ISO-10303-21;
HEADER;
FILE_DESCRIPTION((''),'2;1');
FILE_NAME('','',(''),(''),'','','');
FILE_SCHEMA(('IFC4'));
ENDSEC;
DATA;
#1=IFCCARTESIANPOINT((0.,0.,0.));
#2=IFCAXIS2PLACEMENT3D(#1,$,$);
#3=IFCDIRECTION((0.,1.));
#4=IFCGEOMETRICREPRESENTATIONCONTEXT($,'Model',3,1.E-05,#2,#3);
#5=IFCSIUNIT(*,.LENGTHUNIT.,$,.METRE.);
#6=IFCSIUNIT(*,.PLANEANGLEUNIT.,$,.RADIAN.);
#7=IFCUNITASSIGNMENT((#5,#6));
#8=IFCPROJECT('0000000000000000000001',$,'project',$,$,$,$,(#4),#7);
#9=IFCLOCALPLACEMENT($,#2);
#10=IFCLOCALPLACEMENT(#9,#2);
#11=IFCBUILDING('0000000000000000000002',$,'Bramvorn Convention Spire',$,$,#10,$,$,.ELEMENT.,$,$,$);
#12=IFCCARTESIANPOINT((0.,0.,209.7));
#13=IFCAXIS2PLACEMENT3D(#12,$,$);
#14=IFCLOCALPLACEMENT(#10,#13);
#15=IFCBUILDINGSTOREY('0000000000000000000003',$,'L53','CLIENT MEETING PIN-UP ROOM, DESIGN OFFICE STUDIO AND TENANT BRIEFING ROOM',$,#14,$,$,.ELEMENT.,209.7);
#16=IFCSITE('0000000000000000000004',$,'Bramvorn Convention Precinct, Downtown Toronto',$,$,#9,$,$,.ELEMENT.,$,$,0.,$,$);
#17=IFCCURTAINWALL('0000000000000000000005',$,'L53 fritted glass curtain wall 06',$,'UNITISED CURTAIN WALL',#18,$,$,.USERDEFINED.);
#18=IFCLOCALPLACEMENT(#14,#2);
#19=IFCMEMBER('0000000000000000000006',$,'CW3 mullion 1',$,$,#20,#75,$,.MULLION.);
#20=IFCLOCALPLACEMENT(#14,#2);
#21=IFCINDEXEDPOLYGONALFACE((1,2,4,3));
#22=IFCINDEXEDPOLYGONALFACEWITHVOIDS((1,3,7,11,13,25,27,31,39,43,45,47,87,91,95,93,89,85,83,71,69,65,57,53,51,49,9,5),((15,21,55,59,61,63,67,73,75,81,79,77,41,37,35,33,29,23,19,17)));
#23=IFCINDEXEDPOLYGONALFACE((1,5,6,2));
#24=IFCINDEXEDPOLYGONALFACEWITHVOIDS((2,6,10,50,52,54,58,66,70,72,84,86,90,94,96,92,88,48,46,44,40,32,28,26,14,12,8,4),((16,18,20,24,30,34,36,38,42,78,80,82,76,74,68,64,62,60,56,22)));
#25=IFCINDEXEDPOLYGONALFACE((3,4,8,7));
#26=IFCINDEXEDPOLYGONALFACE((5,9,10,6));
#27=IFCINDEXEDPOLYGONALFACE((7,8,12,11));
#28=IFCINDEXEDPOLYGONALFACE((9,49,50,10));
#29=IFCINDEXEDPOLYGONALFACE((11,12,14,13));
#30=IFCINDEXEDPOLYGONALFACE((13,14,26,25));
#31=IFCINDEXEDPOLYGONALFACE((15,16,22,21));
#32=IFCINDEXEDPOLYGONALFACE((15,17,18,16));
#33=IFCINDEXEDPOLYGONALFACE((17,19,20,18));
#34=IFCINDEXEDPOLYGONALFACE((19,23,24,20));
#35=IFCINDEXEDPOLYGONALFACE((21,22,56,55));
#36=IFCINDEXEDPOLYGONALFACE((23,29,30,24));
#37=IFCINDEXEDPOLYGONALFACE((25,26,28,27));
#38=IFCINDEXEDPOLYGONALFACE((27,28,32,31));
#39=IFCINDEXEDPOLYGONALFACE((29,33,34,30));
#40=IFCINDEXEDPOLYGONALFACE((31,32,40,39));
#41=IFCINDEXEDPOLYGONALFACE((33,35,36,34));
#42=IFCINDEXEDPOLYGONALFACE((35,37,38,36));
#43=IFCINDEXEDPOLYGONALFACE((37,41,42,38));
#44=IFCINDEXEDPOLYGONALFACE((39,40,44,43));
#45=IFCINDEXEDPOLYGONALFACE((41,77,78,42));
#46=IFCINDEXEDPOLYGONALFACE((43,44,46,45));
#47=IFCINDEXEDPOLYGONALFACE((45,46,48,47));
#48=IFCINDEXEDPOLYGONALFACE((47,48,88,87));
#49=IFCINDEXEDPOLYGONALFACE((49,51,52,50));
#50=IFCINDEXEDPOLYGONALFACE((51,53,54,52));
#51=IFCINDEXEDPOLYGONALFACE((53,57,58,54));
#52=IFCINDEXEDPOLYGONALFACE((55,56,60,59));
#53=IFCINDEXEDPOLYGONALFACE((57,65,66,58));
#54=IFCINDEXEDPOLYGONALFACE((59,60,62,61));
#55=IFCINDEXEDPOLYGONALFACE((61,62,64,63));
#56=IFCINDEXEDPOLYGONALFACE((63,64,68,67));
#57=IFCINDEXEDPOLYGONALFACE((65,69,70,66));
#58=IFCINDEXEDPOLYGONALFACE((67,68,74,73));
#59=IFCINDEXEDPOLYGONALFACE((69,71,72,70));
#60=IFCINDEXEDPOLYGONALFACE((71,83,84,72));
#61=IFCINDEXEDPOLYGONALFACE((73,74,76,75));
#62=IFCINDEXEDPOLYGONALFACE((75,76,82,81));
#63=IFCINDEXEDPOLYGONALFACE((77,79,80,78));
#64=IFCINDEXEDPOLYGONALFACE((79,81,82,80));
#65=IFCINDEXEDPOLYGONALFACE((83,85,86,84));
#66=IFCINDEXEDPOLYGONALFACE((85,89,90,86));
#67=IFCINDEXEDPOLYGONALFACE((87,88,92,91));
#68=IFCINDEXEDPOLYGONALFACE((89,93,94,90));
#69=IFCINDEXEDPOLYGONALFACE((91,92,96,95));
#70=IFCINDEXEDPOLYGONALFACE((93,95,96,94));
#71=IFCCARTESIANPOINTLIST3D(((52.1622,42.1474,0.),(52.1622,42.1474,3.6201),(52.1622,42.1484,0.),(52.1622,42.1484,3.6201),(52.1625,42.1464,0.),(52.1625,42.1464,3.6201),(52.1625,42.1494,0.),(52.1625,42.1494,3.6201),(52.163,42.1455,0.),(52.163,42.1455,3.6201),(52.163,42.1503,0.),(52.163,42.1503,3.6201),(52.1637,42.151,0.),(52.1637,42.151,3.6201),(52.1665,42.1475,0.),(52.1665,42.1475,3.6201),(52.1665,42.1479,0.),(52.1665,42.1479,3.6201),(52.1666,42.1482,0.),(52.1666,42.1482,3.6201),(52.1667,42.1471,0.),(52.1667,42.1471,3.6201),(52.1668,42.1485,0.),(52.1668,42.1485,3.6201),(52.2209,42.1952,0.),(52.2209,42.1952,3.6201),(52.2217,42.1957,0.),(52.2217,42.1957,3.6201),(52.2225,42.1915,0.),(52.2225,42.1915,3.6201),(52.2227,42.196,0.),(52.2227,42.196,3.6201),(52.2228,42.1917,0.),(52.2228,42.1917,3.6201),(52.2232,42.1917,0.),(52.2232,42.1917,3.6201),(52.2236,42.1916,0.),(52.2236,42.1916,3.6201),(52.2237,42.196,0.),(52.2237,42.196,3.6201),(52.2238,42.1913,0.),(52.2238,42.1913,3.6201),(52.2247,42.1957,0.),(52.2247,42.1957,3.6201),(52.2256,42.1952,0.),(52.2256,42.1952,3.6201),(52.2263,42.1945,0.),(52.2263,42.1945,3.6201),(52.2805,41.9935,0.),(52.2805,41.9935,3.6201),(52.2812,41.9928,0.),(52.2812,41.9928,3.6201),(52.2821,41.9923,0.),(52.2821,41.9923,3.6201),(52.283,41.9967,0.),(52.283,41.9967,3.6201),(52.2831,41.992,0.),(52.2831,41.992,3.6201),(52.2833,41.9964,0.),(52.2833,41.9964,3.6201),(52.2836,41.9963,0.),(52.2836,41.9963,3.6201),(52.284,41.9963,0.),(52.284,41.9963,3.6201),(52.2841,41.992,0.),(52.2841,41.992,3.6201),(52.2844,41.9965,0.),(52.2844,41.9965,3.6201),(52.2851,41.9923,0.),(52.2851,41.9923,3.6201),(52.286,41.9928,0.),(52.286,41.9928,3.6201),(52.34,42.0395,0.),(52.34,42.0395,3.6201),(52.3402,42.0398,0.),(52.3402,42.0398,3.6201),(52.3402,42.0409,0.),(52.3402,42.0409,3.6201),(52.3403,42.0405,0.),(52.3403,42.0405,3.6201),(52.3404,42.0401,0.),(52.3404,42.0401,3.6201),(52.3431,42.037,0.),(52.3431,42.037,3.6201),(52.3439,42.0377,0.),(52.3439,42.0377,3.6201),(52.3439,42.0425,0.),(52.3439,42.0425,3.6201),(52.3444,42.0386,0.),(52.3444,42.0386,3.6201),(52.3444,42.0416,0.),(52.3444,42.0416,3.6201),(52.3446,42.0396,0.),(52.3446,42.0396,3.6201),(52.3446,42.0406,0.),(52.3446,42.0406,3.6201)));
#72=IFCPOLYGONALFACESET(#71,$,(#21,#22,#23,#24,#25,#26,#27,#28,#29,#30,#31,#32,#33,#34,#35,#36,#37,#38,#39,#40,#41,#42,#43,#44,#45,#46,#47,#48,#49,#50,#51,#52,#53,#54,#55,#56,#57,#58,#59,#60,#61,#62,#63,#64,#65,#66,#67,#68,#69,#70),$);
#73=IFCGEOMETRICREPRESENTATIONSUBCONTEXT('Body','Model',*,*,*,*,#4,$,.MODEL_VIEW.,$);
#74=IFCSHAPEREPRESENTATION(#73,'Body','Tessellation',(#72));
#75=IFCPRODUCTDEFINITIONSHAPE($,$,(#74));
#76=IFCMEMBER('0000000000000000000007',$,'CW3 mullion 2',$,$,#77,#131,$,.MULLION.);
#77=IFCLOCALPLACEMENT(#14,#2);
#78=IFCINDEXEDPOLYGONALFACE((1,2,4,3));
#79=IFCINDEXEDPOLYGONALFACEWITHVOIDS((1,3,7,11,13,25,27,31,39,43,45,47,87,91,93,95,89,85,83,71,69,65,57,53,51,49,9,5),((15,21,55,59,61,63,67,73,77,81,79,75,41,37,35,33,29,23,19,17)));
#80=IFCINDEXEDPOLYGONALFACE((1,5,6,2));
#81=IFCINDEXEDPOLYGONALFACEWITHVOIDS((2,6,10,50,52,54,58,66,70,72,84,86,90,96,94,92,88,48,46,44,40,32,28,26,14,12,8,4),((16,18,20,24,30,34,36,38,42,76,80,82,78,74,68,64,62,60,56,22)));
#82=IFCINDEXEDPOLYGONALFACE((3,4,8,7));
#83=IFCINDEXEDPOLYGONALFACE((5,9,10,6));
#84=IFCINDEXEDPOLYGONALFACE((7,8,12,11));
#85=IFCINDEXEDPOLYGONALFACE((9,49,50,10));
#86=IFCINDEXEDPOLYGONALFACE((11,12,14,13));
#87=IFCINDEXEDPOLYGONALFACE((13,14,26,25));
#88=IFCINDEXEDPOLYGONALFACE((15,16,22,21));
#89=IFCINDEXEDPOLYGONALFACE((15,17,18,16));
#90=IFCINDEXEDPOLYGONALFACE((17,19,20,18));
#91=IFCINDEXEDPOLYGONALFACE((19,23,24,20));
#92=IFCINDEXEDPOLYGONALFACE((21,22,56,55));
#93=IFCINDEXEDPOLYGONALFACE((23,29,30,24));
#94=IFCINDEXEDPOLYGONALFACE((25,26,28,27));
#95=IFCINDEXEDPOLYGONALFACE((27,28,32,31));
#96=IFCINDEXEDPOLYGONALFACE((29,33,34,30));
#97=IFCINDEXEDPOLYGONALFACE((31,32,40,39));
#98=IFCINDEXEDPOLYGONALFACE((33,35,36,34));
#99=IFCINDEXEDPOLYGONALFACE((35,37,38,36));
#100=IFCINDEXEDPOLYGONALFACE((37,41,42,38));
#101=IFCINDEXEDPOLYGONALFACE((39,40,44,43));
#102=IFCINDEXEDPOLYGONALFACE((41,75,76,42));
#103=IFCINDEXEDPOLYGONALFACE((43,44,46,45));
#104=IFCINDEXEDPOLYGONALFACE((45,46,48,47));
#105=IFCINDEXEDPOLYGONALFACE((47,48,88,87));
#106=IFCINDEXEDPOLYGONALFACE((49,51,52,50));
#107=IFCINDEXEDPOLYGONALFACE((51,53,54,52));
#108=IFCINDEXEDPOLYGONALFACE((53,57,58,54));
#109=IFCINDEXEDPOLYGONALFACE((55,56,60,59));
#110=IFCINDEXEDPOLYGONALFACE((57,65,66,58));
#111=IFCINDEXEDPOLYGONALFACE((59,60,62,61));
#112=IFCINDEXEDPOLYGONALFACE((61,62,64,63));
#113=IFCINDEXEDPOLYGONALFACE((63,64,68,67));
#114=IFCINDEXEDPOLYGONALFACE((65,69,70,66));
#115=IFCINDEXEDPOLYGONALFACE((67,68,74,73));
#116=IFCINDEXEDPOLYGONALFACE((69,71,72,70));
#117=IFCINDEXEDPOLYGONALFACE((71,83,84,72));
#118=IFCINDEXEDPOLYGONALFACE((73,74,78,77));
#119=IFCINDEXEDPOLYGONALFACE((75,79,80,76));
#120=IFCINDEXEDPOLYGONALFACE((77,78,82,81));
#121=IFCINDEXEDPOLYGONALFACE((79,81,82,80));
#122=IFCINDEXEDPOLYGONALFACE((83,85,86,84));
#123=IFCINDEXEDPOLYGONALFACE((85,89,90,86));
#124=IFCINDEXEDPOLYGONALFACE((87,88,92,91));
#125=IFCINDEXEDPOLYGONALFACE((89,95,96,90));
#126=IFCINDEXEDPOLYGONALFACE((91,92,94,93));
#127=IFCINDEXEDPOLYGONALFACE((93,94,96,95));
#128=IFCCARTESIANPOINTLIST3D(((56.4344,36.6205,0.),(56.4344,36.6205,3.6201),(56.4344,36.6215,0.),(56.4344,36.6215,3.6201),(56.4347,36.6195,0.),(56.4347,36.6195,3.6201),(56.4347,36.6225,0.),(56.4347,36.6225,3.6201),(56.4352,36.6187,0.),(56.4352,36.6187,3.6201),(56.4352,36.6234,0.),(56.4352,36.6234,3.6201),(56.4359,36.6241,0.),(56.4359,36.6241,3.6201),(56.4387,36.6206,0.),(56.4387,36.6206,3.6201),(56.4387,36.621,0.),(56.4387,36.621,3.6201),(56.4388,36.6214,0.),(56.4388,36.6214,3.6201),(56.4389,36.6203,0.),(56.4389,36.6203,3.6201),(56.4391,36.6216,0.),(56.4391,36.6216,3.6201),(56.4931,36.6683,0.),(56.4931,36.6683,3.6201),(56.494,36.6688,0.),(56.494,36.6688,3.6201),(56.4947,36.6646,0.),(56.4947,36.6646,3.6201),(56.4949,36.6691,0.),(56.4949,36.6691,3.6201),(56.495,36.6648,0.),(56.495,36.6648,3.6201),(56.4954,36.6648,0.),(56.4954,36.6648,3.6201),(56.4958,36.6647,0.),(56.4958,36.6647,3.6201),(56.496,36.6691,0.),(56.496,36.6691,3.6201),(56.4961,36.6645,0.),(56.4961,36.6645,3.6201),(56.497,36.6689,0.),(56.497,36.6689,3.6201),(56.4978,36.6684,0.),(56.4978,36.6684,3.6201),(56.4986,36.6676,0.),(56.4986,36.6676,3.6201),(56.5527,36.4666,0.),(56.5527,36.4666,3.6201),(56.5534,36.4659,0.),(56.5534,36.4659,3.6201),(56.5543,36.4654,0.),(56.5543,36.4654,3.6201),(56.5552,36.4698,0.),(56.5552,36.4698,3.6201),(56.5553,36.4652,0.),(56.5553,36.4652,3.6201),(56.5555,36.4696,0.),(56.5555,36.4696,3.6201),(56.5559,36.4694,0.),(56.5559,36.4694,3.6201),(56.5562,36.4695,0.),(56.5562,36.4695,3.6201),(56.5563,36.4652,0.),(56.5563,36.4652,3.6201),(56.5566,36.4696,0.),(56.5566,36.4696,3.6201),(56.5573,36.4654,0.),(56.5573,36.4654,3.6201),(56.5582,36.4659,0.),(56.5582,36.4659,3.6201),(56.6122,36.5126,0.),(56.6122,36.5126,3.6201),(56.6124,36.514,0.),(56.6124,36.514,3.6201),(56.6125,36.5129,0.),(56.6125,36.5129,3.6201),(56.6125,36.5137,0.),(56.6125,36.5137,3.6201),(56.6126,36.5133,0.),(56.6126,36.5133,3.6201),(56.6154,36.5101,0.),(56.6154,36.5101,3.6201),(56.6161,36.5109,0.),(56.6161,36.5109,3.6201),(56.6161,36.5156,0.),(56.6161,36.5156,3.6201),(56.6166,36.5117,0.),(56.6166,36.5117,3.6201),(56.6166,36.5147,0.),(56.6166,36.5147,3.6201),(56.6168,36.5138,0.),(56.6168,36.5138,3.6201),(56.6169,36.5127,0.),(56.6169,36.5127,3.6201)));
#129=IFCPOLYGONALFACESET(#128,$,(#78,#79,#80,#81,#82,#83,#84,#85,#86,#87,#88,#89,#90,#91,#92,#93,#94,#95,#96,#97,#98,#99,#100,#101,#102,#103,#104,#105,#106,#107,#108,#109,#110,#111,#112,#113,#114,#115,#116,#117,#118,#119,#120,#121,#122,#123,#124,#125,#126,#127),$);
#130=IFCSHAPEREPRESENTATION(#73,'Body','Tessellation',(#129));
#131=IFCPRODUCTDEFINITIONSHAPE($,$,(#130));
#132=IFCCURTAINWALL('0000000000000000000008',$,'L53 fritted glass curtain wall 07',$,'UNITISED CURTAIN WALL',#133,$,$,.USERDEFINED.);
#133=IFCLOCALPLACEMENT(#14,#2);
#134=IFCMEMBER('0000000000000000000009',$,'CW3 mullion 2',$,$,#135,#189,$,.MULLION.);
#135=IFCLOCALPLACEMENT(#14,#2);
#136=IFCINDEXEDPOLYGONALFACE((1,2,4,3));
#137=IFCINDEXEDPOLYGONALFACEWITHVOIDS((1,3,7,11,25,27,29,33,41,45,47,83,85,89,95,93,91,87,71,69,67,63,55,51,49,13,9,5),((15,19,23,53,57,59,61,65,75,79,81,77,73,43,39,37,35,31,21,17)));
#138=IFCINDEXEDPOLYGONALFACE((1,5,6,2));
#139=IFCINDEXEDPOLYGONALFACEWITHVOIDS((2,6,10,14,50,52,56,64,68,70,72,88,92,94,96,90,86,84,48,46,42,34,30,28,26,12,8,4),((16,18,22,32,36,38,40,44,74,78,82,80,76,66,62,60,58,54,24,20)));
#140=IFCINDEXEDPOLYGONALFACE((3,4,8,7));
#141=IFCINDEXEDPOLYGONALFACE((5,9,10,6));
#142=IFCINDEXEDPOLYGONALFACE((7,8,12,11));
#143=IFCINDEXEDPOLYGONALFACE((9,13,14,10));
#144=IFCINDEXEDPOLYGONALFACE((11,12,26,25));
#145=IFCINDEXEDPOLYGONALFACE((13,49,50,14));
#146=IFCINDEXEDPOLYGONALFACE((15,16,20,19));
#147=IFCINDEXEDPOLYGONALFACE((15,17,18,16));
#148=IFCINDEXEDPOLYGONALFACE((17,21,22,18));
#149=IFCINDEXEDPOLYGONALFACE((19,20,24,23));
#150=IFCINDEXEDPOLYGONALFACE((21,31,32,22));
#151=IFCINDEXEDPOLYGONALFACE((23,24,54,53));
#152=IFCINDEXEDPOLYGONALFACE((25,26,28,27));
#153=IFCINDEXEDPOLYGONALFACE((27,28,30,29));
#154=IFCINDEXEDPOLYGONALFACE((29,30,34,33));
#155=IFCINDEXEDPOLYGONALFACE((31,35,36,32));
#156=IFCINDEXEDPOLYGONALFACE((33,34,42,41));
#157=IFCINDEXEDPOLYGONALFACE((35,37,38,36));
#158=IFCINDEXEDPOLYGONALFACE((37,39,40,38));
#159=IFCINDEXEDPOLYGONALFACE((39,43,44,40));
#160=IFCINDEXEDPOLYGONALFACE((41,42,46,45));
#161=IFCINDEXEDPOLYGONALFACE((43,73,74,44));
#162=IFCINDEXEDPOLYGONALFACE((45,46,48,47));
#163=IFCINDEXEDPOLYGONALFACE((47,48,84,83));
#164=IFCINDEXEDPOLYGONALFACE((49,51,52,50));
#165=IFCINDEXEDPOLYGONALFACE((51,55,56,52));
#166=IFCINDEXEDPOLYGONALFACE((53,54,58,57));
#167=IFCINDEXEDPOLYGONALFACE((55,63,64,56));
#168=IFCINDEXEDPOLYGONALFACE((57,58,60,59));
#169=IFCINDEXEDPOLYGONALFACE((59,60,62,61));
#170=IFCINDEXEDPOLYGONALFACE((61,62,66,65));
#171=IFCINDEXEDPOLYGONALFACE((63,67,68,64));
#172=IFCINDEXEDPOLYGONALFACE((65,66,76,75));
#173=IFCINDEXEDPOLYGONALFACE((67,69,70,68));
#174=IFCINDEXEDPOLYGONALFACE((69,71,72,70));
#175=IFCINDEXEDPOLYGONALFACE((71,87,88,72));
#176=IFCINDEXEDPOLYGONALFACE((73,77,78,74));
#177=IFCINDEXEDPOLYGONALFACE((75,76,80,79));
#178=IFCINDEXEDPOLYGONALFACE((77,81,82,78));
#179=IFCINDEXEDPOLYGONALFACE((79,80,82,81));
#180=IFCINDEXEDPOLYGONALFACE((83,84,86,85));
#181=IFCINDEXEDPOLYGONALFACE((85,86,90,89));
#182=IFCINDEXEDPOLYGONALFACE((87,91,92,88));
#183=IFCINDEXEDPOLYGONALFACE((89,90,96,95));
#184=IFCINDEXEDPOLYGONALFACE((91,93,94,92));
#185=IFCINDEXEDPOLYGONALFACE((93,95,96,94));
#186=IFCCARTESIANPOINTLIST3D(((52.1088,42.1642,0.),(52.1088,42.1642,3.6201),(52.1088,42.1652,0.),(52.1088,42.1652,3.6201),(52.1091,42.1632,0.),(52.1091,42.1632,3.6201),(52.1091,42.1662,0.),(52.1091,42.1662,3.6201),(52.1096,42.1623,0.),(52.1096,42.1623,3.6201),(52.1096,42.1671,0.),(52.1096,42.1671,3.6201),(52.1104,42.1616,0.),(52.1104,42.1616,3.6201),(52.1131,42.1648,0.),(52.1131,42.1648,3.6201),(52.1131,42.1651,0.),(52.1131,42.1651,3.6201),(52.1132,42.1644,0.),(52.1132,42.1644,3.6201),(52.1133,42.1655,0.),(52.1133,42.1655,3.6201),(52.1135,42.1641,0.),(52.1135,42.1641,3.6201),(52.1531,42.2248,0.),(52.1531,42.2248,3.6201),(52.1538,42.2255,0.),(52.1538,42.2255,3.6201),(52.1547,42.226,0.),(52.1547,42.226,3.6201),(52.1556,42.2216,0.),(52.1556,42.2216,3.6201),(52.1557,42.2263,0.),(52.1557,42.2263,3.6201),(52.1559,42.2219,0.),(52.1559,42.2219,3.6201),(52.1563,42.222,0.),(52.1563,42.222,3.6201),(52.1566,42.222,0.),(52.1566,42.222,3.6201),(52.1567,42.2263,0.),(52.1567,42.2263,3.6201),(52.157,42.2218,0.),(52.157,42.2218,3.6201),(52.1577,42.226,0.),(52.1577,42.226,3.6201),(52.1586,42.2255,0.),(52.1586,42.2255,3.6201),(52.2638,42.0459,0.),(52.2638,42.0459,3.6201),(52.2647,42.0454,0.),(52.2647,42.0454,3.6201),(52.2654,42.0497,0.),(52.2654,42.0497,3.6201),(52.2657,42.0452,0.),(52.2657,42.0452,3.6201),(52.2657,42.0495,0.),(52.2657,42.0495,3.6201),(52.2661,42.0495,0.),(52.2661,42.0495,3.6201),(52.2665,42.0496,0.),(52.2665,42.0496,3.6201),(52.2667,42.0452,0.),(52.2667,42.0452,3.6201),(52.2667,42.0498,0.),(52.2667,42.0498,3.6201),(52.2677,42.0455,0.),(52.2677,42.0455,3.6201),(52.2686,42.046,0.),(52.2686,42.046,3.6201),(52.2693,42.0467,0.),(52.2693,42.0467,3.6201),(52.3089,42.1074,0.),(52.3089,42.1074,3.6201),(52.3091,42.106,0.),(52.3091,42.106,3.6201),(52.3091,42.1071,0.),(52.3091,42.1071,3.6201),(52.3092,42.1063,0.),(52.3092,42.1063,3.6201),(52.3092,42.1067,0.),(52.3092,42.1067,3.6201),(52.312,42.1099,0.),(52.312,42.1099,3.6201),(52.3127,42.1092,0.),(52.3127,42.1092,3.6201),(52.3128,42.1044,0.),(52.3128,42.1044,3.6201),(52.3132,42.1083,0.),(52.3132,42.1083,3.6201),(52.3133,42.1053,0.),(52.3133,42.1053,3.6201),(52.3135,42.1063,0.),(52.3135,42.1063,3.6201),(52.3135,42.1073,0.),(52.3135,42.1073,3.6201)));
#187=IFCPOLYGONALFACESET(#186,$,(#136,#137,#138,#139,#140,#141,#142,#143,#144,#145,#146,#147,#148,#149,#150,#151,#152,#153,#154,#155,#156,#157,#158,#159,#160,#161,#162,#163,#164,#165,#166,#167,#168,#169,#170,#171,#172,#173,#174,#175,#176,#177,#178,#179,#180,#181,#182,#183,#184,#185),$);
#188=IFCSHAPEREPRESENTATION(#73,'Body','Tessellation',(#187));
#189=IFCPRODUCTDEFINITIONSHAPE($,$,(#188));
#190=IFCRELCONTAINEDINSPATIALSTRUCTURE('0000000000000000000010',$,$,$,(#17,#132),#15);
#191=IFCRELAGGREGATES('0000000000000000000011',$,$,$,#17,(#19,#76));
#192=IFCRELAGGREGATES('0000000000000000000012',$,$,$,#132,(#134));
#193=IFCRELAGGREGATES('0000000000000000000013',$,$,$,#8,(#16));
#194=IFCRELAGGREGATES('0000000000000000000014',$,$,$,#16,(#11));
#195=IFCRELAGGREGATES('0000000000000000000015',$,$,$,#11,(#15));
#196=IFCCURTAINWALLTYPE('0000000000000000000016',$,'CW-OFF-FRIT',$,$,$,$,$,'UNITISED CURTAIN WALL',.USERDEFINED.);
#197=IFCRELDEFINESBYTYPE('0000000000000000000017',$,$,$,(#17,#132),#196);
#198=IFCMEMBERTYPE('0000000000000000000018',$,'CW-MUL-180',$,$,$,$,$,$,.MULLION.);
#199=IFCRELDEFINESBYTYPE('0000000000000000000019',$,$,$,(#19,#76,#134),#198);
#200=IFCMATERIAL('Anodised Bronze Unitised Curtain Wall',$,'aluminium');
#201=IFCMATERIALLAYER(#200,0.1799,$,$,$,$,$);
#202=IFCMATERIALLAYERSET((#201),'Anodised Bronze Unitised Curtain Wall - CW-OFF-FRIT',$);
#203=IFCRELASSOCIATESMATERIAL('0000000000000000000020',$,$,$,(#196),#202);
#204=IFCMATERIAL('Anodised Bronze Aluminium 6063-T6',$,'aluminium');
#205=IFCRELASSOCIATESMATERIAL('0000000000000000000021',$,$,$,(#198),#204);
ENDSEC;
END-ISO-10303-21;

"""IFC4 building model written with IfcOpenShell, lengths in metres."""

from ifc_helpers import new_model, si_unit, direction, frame, origin, origin_2d, place, context, subcontext, project, spatial, hollow_rectangle, extrude, material, layer, layer_set, material_profile, profile_set, type_object, element, aggregate, save


model = new_model("IFC4")

# Units and contexts
model_context = context("Model", 3, precision=1e-05, world=origin(), true_north=direction((0.0, 1.0)))
body_context = subcontext(model_context, "Body", "Model", "MODEL_VIEW")
ifc_project = project(units=[si_unit("LENGTHUNIT", "METRE"), si_unit("PLANEANGLEUNIT", "RADIAN")], contexts=[model_context])

# Site, building, storey
site_placement = place(None, origin())
site = spatial("IfcSite", under=ifc_project, at=site_placement, Name="Bramvorn Convention Precinct, Downtown Toronto", CompositionType="ELEMENT", RefElevation=0.0)
building_placement = place(site_placement, origin())
building = spatial("IfcBuilding", under=site, at=building_placement, Name="Bramvorn Convention Spire", CompositionType="ELEMENT")
storey_placement = place(building_placement, frame((0.0, 0.0, 209.7)))
storey = spatial("IfcBuildingStorey", under=building, at=storey_placement, Name="L53", Description="CLIENT MEETING PIN-UP ROOM, DESIGN OFFICE STUDIO AND TENANT BRIEFING ROOM", CompositionType="ELEMENT", Elevation=209.7)

# Curtain wall, members
ifc_material_1 = material(Name="Anodised Bronze Unitised Curtain Wall", Category="aluminium")
ifc_layer_1 = layer(ifc_material_1, 0.1799)
ifc_layer_set_1 = layer_set([ifc_layer_1], Name="Anodised Bronze Unitised Curtain Wall - CW-OFF-FRIT")
curtain_wall_type = type_object("IfcCurtainWallType", Name="CW-OFF-FRIT", ElementType="UNITISED CURTAIN WALL", PredefinedType="USERDEFINED", material=ifc_layer_set_1)
curtain_wall_1_placement = place(storey_placement, origin())
curtain_wall_1 = element("IfcCurtainWall", 1, at=curtain_wall_1_placement, inside=storey, type_object=curtain_wall_type, Name="L53 fritted glass curtain wall 06", ObjectType="UNITISED CURTAIN WALL", PredefinedType="USERDEFINED")
ifc_material_2 = material(Name="Anodised Bronze Aluminium 6063-T6", Category="aluminium")
ifc_material_profile_1 = material_profile(ifc_material_2, hollow_rectangle(XDim=0.0801, YDim=0.2, WallThickness=0.0039, InnerFilletRadius=0.001, OuterFilletRadius=0.0039, at=origin_2d()))
ifc_profile_set_1 = profile_set([ifc_material_profile_1], Name="Anodised Bronze Aluminium 6063-T6 - CWM80X200")
member_type_1 = type_object("IfcMemberType", Name="CW-MUL-180", PredefinedType="MULLION", material=ifc_profile_set_1)
member_1_placement = place(storey_placement, frame((52.2534, 42.094, 0.0), z_axis=(0.0, 0.0, 1.0), x_axis=(0.791181, 0.611582, 0.0)))
member_1 = element("IfcMember", 2, at=member_1_placement, type_object=member_type_1, Name="CW3 mullion 1", PredefinedType="MULLION", context=body_context, shape_type="SweptSolid", body=[
    extrude(hollow_rectangle(XDim=0.0801, YDim=0.2, WallThickness=0.0039, InnerFilletRadius=0.001, OuterFilletRadius=0.0039, at=origin_2d()), origin(), (0.0, 0.0, 1.0), 3.6201),
])
member_2_placement = place(storey_placement, frame((56.5256, 36.5671, 0.0), z_axis=(0.0, 0.0, 1.0), x_axis=(0.791181, 0.611582, 0.0)))
member_2 = element("IfcMember", 3, at=member_2_placement, type_object=member_type_1, Name="CW3 mullion 2", PredefinedType="MULLION", context=body_context, shape_type="SweptSolid", body=[
    extrude(hollow_rectangle(XDim=0.0801, YDim=0.2, WallThickness=0.0039, InnerFilletRadius=0.001, OuterFilletRadius=0.0039, at=origin_2d()), origin(), (0.0, 0.0, 1.0), 3.6201),
])

# Curtain wall, member
curtain_wall_2_placement = place(storey_placement, origin())
curtain_wall_2 = element("IfcCurtainWall", 4, at=curtain_wall_2_placement, inside=storey, type_object=curtain_wall_type, Name="L53 fritted glass curtain wall 07", ObjectType="UNITISED CURTAIN WALL", PredefinedType="USERDEFINED")
member_3_placement = place(storey_placement, frame((52.2112, 42.1357, 0.0), z_axis=(0.0, 0.0, 1.0), x_axis=(0.601872, 0.798593, 0.0)))
member_3 = element("IfcMember", 5, at=member_3_placement, type_object=member_type_1, Name="CW3 mullion 2", PredefinedType="MULLION", context=body_context, shape_type="SweptSolid", body=[
    extrude(hollow_rectangle(XDim=0.0801, YDim=0.2, WallThickness=0.0039, InnerFilletRadius=0.001, OuterFilletRadius=0.0039, at=origin_2d()), origin(), (0.0, 0.0, 1.0), 3.6201),
])

aggregate(curtain_wall_1, [member_1, member_2])
aggregate(curtain_wall_2, [member_3])

save(model, "model.ifc")
